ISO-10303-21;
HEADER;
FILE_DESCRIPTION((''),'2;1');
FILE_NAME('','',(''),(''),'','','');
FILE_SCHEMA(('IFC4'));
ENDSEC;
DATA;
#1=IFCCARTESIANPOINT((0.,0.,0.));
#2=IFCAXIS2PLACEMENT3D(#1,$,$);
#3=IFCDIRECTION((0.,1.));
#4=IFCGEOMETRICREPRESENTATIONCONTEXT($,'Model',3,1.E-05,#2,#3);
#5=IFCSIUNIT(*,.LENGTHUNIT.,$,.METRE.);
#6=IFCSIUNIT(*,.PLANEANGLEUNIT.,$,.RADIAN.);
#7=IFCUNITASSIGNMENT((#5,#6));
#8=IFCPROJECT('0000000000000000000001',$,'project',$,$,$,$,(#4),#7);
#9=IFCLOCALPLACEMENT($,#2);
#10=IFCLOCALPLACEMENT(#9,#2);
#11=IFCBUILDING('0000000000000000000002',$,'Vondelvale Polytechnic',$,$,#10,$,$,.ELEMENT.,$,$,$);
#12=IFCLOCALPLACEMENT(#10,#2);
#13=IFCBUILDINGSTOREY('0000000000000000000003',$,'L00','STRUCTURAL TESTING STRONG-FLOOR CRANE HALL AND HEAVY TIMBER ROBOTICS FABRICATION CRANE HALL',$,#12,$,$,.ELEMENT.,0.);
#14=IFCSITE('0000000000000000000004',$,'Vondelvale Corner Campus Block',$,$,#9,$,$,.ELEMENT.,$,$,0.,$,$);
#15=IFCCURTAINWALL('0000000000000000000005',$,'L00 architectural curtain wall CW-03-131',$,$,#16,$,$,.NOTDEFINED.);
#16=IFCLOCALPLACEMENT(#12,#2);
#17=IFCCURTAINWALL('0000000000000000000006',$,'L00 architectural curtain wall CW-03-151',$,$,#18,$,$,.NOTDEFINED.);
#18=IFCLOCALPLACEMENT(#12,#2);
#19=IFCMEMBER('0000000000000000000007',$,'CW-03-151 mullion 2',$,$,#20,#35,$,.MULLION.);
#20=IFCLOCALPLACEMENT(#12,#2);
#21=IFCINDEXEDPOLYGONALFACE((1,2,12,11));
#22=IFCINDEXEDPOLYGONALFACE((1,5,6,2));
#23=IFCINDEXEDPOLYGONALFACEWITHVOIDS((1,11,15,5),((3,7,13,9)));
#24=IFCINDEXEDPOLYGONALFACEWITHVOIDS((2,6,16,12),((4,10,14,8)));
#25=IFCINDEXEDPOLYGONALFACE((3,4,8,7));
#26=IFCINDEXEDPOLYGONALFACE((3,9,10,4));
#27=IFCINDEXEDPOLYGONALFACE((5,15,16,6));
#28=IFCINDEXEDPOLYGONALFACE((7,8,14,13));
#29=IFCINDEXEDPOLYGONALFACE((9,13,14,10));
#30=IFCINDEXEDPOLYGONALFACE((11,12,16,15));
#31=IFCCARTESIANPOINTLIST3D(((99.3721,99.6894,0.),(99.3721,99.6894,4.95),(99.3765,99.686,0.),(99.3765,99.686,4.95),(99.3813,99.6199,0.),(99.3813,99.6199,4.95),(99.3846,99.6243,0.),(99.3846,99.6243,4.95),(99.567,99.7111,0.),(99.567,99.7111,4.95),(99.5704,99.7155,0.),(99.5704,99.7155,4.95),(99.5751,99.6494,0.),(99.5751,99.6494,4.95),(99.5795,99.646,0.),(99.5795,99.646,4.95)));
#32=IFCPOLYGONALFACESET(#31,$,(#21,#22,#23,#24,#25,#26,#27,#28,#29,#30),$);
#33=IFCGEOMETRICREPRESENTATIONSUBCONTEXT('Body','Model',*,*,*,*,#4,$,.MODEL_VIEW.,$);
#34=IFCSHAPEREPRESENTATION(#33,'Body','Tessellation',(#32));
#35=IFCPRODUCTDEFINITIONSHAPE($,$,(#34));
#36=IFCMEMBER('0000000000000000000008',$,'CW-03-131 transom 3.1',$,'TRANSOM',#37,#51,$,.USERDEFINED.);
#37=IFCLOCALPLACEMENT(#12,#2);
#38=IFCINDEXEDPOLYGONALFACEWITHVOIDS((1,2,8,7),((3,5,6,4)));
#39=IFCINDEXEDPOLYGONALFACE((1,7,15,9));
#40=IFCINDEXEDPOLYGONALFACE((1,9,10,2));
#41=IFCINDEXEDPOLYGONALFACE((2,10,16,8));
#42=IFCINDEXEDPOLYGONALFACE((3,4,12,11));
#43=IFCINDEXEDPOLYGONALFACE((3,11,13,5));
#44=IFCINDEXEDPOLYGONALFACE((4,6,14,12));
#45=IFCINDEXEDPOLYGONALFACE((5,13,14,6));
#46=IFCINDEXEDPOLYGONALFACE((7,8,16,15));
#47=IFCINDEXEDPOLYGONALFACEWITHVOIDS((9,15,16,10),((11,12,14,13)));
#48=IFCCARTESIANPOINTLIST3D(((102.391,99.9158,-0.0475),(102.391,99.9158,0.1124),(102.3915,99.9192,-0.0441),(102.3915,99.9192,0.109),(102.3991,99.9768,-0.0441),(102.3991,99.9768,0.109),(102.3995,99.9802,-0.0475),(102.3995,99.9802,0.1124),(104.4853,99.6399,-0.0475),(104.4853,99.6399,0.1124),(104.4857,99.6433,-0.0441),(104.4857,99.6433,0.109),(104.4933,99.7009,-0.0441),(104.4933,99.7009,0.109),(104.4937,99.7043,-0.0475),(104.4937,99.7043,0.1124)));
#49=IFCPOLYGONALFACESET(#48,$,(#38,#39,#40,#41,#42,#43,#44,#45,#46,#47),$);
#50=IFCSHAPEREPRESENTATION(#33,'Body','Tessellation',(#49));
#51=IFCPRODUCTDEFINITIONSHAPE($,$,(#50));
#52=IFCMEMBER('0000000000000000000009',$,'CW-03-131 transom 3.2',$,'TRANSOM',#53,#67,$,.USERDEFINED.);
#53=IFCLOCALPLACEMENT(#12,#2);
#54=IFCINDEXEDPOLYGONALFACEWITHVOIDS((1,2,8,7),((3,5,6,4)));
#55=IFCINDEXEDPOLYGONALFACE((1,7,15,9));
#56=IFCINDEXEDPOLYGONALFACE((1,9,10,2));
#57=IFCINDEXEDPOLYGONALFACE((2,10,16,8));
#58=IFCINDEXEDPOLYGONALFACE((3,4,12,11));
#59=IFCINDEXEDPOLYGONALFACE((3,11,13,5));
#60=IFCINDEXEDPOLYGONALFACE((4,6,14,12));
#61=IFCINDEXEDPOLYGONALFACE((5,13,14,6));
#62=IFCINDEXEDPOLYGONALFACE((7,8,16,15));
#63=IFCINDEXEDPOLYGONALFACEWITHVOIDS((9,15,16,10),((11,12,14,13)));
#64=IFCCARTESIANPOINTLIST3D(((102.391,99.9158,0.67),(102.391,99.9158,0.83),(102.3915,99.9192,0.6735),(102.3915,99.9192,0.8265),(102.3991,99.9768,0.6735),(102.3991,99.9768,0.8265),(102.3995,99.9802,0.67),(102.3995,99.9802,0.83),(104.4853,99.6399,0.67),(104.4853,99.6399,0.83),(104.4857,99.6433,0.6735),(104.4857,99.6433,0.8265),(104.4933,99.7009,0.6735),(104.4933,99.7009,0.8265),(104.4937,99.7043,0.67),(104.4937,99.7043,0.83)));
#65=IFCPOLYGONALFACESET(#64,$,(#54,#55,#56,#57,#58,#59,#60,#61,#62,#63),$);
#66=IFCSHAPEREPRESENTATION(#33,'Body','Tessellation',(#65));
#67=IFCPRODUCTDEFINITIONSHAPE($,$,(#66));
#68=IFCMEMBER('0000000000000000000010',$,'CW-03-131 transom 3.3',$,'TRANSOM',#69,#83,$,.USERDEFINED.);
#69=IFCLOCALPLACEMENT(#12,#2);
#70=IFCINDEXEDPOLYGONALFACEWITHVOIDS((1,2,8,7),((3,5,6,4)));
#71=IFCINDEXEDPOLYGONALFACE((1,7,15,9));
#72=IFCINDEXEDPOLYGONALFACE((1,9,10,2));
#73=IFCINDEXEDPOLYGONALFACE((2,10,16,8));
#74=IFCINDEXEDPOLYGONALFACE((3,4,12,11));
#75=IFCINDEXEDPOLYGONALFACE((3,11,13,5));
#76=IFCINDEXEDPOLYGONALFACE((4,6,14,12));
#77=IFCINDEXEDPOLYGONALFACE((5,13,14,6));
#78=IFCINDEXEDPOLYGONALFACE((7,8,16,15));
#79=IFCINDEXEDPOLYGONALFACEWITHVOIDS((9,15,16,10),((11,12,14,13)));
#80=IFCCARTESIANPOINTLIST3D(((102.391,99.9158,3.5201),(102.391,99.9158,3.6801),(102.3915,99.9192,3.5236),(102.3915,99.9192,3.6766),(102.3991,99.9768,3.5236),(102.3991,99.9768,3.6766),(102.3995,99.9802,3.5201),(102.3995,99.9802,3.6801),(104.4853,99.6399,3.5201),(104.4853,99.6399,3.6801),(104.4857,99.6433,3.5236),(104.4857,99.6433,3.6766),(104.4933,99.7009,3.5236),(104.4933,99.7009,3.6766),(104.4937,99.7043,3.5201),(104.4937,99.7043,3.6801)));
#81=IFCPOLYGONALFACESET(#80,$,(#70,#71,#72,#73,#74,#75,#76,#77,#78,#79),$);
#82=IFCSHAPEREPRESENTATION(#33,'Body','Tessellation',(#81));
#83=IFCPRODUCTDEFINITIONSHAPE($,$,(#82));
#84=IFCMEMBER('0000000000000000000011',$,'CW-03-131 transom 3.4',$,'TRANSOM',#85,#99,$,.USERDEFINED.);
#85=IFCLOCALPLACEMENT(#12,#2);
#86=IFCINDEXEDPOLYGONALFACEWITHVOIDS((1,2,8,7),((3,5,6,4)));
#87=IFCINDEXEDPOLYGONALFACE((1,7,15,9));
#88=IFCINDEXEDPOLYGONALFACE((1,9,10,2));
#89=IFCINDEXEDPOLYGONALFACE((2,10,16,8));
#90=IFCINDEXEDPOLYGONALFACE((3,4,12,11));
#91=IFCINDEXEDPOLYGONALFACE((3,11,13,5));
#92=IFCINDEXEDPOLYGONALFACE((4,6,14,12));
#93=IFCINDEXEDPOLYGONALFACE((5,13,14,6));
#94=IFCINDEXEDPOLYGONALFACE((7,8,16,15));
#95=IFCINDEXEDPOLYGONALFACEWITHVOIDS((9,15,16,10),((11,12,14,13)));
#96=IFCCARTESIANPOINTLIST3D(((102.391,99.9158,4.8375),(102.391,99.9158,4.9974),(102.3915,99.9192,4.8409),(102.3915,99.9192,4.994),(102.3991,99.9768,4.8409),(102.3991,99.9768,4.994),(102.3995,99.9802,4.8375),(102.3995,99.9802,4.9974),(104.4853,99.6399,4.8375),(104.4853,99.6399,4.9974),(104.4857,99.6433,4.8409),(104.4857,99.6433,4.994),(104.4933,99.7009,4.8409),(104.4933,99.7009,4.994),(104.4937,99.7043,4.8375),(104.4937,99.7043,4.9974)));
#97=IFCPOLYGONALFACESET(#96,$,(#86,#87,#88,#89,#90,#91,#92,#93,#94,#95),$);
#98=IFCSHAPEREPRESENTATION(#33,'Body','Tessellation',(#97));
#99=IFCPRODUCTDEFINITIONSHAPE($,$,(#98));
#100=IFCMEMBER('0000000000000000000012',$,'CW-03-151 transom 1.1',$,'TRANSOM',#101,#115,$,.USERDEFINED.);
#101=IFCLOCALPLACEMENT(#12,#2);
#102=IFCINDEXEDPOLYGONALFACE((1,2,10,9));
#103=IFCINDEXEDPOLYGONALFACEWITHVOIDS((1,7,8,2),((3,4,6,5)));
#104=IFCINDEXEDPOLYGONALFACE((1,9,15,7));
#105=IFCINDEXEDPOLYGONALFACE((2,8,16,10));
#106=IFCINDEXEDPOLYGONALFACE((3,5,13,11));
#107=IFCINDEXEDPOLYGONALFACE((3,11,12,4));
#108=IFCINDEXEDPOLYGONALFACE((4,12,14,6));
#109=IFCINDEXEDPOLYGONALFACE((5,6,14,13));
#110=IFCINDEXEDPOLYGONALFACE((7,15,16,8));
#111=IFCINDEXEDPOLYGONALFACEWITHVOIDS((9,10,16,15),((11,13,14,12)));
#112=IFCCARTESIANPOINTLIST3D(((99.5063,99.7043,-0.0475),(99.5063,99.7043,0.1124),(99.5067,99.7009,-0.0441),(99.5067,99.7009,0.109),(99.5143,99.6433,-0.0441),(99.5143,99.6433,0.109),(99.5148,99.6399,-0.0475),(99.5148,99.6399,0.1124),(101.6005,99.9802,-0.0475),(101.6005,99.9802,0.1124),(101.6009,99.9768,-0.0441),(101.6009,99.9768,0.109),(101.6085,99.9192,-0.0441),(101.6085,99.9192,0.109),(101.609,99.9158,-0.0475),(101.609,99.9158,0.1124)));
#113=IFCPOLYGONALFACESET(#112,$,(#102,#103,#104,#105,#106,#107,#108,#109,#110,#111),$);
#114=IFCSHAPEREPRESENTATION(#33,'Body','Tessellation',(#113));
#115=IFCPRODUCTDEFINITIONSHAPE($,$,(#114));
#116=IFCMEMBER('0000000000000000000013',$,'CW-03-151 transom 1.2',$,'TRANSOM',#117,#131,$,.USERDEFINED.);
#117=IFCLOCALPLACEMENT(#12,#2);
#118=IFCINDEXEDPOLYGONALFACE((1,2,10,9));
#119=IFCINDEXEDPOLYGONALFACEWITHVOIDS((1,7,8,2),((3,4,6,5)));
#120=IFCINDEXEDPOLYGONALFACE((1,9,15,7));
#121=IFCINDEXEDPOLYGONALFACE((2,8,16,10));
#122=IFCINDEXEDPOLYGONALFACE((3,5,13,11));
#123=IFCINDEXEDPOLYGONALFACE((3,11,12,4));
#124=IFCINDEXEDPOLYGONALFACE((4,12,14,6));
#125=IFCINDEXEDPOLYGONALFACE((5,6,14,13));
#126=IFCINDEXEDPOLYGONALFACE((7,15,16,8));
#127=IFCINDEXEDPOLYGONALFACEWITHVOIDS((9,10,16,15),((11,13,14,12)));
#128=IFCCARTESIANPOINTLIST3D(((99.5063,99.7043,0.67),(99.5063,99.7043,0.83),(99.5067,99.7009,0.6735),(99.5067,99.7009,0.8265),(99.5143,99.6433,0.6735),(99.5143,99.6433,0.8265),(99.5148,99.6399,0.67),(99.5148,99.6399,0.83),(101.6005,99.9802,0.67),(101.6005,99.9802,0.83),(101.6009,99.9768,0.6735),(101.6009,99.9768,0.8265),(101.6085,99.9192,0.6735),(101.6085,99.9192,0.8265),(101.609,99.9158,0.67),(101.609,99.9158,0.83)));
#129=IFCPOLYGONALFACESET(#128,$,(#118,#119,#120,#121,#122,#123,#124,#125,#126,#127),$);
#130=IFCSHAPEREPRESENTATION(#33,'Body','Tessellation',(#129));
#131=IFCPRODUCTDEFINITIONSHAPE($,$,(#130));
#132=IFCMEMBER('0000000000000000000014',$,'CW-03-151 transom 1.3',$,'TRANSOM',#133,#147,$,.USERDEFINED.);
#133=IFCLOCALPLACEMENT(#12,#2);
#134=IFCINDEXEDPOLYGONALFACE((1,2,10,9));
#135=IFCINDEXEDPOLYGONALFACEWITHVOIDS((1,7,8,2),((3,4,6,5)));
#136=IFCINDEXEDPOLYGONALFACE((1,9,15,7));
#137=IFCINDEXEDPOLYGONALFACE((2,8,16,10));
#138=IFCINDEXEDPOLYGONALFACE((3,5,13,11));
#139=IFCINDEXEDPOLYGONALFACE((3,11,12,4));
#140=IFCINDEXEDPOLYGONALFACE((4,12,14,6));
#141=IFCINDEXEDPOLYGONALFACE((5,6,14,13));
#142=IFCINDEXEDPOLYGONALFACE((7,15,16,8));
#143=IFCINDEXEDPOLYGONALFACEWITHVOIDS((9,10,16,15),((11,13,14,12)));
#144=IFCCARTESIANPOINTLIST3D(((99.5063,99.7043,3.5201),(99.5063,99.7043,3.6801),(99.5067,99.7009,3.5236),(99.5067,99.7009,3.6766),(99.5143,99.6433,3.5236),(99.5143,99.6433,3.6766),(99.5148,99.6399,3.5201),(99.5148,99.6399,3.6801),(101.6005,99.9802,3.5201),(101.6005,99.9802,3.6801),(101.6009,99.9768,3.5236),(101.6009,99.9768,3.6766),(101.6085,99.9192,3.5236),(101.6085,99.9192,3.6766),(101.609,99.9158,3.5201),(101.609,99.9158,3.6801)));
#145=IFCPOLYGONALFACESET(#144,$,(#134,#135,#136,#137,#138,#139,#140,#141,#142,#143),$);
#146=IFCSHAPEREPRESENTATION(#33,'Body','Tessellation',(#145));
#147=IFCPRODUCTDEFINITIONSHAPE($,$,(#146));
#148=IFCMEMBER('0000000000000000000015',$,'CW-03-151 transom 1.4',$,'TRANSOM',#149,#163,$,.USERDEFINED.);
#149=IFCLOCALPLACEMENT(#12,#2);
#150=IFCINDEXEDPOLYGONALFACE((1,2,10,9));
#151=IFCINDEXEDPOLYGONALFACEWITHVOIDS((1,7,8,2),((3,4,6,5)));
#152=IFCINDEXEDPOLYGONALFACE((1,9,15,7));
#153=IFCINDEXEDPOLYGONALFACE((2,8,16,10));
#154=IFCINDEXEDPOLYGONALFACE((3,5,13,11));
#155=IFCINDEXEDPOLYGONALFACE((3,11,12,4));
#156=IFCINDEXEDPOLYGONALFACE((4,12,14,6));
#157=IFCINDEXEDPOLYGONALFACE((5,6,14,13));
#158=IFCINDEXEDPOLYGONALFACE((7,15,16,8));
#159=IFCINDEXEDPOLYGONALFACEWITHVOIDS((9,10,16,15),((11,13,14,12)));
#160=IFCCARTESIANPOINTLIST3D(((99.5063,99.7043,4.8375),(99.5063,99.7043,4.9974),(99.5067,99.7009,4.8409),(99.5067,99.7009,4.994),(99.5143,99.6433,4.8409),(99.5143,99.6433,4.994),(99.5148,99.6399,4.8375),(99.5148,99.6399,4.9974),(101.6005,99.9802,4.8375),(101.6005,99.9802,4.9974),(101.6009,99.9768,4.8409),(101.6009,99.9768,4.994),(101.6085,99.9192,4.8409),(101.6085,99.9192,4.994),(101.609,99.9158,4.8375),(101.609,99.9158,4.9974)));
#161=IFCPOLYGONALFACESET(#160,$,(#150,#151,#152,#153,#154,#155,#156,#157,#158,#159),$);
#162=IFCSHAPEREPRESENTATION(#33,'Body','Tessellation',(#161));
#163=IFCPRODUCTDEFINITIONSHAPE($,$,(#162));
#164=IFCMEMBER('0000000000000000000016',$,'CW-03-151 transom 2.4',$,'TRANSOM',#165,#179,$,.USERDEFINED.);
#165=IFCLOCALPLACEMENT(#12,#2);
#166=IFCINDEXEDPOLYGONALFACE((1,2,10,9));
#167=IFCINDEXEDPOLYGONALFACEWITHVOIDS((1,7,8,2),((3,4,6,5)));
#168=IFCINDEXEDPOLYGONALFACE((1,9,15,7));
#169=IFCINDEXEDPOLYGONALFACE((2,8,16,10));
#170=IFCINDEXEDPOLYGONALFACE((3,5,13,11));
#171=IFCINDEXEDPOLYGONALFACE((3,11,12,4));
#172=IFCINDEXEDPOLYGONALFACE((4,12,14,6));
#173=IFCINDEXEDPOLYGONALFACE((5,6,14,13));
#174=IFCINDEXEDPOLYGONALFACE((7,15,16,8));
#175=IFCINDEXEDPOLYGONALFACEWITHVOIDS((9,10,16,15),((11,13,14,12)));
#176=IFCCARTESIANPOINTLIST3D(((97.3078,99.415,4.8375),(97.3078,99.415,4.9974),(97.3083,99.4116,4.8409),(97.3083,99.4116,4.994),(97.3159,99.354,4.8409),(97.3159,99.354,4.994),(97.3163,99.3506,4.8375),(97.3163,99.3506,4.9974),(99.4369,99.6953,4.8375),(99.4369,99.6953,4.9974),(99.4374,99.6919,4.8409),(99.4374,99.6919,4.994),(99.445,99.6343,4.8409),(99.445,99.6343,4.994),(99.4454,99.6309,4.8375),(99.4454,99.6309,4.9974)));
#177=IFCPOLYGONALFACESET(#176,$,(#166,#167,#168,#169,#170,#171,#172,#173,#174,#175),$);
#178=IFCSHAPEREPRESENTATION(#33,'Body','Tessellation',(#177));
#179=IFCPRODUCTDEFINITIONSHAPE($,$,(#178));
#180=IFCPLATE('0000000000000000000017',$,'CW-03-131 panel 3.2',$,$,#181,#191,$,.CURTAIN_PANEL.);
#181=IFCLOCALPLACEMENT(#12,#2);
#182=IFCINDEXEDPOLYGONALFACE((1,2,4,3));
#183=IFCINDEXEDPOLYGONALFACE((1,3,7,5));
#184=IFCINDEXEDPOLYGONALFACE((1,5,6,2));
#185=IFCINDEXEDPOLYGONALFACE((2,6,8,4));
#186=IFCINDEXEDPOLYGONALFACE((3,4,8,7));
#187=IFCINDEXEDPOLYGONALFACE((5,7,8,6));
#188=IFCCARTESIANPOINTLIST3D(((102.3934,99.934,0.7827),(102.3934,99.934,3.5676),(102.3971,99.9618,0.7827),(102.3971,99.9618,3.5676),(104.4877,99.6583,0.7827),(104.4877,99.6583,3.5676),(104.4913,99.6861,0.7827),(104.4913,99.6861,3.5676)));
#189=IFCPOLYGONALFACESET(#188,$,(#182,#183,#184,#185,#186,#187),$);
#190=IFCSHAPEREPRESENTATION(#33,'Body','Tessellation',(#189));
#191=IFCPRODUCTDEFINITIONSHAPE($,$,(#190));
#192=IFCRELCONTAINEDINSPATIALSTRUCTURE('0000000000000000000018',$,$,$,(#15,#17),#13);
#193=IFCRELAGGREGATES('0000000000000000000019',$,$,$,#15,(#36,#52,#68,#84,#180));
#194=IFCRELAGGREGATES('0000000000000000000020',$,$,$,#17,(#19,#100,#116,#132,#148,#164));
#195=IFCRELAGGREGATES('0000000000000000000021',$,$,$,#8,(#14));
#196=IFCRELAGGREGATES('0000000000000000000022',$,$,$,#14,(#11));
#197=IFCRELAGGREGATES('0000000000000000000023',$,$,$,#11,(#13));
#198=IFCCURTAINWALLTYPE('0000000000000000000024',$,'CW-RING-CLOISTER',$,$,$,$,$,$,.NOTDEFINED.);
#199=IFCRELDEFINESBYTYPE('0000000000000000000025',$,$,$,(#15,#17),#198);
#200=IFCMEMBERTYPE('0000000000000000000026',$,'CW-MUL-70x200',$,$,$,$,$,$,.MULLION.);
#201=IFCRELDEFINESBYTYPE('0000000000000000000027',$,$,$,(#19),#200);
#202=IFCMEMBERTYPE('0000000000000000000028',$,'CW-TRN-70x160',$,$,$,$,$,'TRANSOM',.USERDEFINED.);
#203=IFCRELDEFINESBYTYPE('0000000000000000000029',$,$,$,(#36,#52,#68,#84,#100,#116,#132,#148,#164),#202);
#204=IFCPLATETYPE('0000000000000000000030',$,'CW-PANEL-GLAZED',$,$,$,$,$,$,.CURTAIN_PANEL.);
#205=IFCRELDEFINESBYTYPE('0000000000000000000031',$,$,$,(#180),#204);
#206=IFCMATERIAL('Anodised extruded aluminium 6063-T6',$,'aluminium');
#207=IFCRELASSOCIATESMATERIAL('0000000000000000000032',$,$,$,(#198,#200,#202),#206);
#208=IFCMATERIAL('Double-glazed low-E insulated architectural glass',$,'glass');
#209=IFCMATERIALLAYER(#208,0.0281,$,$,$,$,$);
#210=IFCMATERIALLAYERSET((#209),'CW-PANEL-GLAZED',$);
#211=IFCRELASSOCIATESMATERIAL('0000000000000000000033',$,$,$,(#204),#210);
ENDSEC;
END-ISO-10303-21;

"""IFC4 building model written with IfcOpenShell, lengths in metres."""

from ifc_helpers import new_model, si_unit, direction, frame, origin, origin_2d, place, context, subcontext, project, spatial, rectangle, hollow_rectangle, extrude, material, layer, layer_set, material_profile, profile_set, type_object, element, aggregate, save


model = new_model("IFC4")

# Units and contexts
model_context = context("Model", 3, precision=1e-05, world=origin(), true_north=direction((0.0, 1.0)))
body_context = subcontext(model_context, "Body", "Model", "MODEL_VIEW")
ifc_project = project(units=[si_unit("LENGTHUNIT", "METRE"), si_unit("PLANEANGLEUNIT", "RADIAN")], contexts=[model_context])

# Site, building, storey
site_placement = place(None, origin())
site = spatial("IfcSite", under=ifc_project, at=site_placement, Name="Vondelvale Corner Campus Block", CompositionType="ELEMENT", RefElevation=0.0)
building_placement = place(site_placement, origin())
building = spatial("IfcBuilding", under=site, at=building_placement, Name="Vondelvale Polytechnic", CompositionType="ELEMENT")
storey_placement = place(building_placement, origin())
storey = spatial("IfcBuildingStorey", under=building, at=storey_placement, Name="L00", Description="STRUCTURAL TESTING STRONG-FLOOR CRANE HALL AND HEAVY TIMBER ROBOTICS FABRICATION CRANE HALL", CompositionType="ELEMENT", Elevation=0.0)

# Curtain walls, member
ifc_material_1 = material(Name="Anodised extruded aluminium 6063-T6", Category="aluminium")
curtain_wall_type = type_object("IfcCurtainWallType", Name="CW-RING-CLOISTER", PredefinedType="NOTDEFINED", material=ifc_material_1)
curtain_wall_1_placement = place(storey_placement, origin())
curtain_wall_1 = element("IfcCurtainWall", 1, at=curtain_wall_1_placement, inside=storey, type_object=curtain_wall_type, Name="L00 architectural curtain wall CW-03-131", PredefinedType="NOTDEFINED")
ifc_material_profile_1 = material_profile(ifc_material_1, hollow_rectangle(XDim=0.0701, YDim=0.2, WallThickness=0.0039, at=origin_2d()), Name="CW-MUL-200x70")
ifc_profile_set_1 = profile_set([ifc_material_profile_1], Name="Anodised extruded aluminium 6063-T6")
member_type_1 = type_object("IfcMemberType", Name="CW-MUL-70x200", PredefinedType="MULLION", material=ifc_profile_set_1)
curtain_wall_2_placement = place(storey_placement, origin())
curtain_wall_2 = element("IfcCurtainWall", 2, at=curtain_wall_2_placement, inside=storey, type_object=curtain_wall_type, Name="L00 architectural curtain wall CW-03-151", PredefinedType="NOTDEFINED")
member_1_placement = place(storey_placement, frame((99.4758, 99.6677, 0.0), z_axis=(0.0, 0.0, 1.0), x_axis=(0.130528, -0.991445, 0.0)))
member_1 = element("IfcMember", 3, at=member_1_placement, type_object=member_type_1, Name="CW-03-151 mullion 2", PredefinedType="MULLION", context=body_context, shape_type="SweptSolid", body=[
    extrude(hollow_rectangle(XDim=0.0701, YDim=0.2, WallThickness=0.0039, at=origin_2d()), origin(), (0.0, 0.0, 1.0), 4.95),
])

# Members
ifc_material_profile_2 = material_profile(ifc_material_1, hollow_rectangle(XDim=0.0649, YDim=0.1599, WallThickness=0.0034, at=origin_2d()), Name="CW-TRN-160x65")
ifc_profile_set_2 = profile_set([ifc_material_profile_2], Name="Anodised extruded aluminium 6063-T6")
member_type_2 = type_object("IfcMemberType", Name="CW-TRN-70x160", ElementType="TRANSOM", PredefinedType="USERDEFINED", material=ifc_profile_set_2)
member_2_placement = place(storey_placement, frame((104.4895, 99.6721, 0.0325), z_axis=(-0.991435, 0.130604, 0.0), x_axis=(-0.130604, -0.991435, 0.0)))
member_2 = element("IfcMember", 4, at=member_2_placement, type_object=member_type_2, Name="CW-03-131 transom 3.1", ObjectType="TRANSOM", PredefinedType="USERDEFINED", context=body_context, shape_type="SweptSolid", body=[
    extrude(hollow_rectangle(XDim=0.0649, YDim=0.1599, WallThickness=0.0034, at=origin_2d()), origin(), (0.0, 0.0, 1.0), 2.1123),
])
member_3_placement = place(storey_placement, frame((104.4895, 99.6721, 0.75), z_axis=(-0.991435, 0.130604, 0.0), x_axis=(-0.130604, -0.991435, 0.0)))
member_3 = element("IfcMember", 5, at=member_3_placement, type_object=member_type_2, Name="CW-03-131 transom 3.2", ObjectType="TRANSOM", PredefinedType="USERDEFINED", context=body_context, shape_type="SweptSolid", body=[
    extrude(hollow_rectangle(XDim=0.0649, YDim=0.1599, WallThickness=0.0034, at=origin_2d()), origin(), (0.0, 0.0, 1.0), 2.1123),
])
member_4_placement = place(storey_placement, frame((104.4895, 99.6721, 3.6001), z_axis=(-0.991435, 0.130604, 0.0), x_axis=(-0.130604, -0.991435, 0.0)))
member_4 = element("IfcMember", 6, at=member_4_placement, type_object=member_type_2, Name="CW-03-131 transom 3.3", ObjectType="TRANSOM", PredefinedType="USERDEFINED", context=body_context, shape_type="SweptSolid", body=[
    extrude(hollow_rectangle(XDim=0.0649, YDim=0.1599, WallThickness=0.0034, at=origin_2d()), origin(), (0.0, 0.0, 1.0), 2.1123),
])
member_5_placement = place(storey_placement, frame((104.4895, 99.6721, 4.9175), z_axis=(-0.991435, 0.130604, 0.0), x_axis=(-0.130604, -0.991435, 0.0)))
member_5 = element("IfcMember", 7, at=member_5_placement, type_object=member_type_2, Name="CW-03-131 transom 3.4", ObjectType="TRANSOM", PredefinedType="USERDEFINED", context=body_context, shape_type="SweptSolid", body=[
    extrude(hollow_rectangle(XDim=0.0649, YDim=0.1599, WallThickness=0.0034, at=origin_2d()), origin(), (0.0, 0.0, 1.0), 2.1123),
])
member_6_placement = place(storey_placement, frame((101.6047, 99.948, 0.0325), z_axis=(-0.991435, -0.130604, 0.0), x_axis=(0.130604, -0.991435, 0.0)))
member_6 = element("IfcMember", 8, at=member_6_placement, type_object=member_type_2, Name="CW-03-151 transom 1.1", ObjectType="TRANSOM", PredefinedType="USERDEFINED", context=body_context, shape_type="SweptSolid", body=[
    extrude(hollow_rectangle(XDim=0.0649, YDim=0.1599, WallThickness=0.0034, at=origin_2d()), origin(), (0.0, 0.0, 1.0), 2.1123),
])
member_7_placement = place(storey_placement, frame((101.6047, 99.948, 0.75), z_axis=(-0.991435, -0.130604, 0.0), x_axis=(0.130604, -0.991435, 0.0)))
member_7 = element("IfcMember", 9, at=member_7_placement, type_object=member_type_2, Name="CW-03-151 transom 1.2", ObjectType="TRANSOM", PredefinedType="USERDEFINED", context=body_context, shape_type="SweptSolid", body=[
    extrude(hollow_rectangle(XDim=0.0649, YDim=0.1599, WallThickness=0.0034, at=origin_2d()), origin(), (0.0, 0.0, 1.0), 2.1123),
])
member_8_placement = place(storey_placement, frame((101.6047, 99.948, 3.6001), z_axis=(-0.991435, -0.130604, 0.0), x_axis=(0.130604, -0.991435, 0.0)))
member_8 = element("IfcMember", 10, at=member_8_placement, type_object=member_type_2, Name="CW-03-151 transom 1.3", ObjectType="TRANSOM", PredefinedType="USERDEFINED", context=body_context, shape_type="SweptSolid", body=[
    extrude(hollow_rectangle(XDim=0.0649, YDim=0.1599, WallThickness=0.0034, at=origin_2d()), origin(), (0.0, 0.0, 1.0), 2.1123),
])
member_9_placement = place(storey_placement, frame((101.6047, 99.948, 4.9175), z_axis=(-0.991435, -0.130604, 0.0), x_axis=(0.130604, -0.991435, 0.0)))
member_9 = element("IfcMember", 11, at=member_9_placement, type_object=member_type_2, Name="CW-03-151 transom 1.4", ObjectType="TRANSOM", PredefinedType="USERDEFINED", context=body_context, shape_type="SweptSolid", body=[
    extrude(hollow_rectangle(XDim=0.0649, YDim=0.1599, WallThickness=0.0034, at=origin_2d()), origin(), (0.0, 0.0, 1.0), 2.1123),
])
member_10_placement = place(storey_placement, frame((99.4412, 99.6631, 4.9175), z_axis=(-0.991447, -0.13051, 0.0), x_axis=(0.13051, -0.991447, 0.0)))
member_10 = element("IfcMember", 12, at=member_10_placement, type_object=member_type_2, Name="CW-03-151 transom 2.4", ObjectType="TRANSOM", PredefinedType="USERDEFINED", context=body_context, shape_type="SweptSolid", body=[
    extrude(hollow_rectangle(XDim=0.0649, YDim=0.1599, WallThickness=0.0034, at=origin_2d()), origin(), (0.0, 0.0, 1.0), 2.1475),
])

# Plate
ifc_material_2 = material(Name="Double-glazed low-E insulated architectural glass", Category="glass")
ifc_layer_1 = layer(ifc_material_2, 0.0281)
ifc_layer_set_1 = layer_set([ifc_layer_1], Name="CW-PANEL-GLAZED")
plate_type_1 = type_object("IfcPlateType", Name="CW-PANEL-GLAZED", PredefinedType="CURTAIN_PANEL", material=ifc_layer_set_1)
plate_1_placement = place(storey_placement, frame((103.4424, 99.8101, 0.7827), z_axis=(0.0, 0.0, 1.0), x_axis=(-0.991445, 0.130528, 0.0)))
plate_1 = element("IfcPlate", 13, at=plate_1_placement, type_object=plate_type_1, Name="CW-03-131 panel 3.2", PredefinedType="CURTAIN_PANEL", context=body_context, shape_type="SweptSolid", body=[
    extrude(rectangle(XDim=2.1123, YDim=0.0281, at=origin_2d()), origin(), (0.0, 0.0, 1.0), 2.7849),
])
aggregate(curtain_wall_1, [member_2, member_3, member_4, member_5, plate_1])
aggregate(curtain_wall_2, [member_1, member_6, member_7, member_8, member_9, member_10])

save(model, "model.ifc")
